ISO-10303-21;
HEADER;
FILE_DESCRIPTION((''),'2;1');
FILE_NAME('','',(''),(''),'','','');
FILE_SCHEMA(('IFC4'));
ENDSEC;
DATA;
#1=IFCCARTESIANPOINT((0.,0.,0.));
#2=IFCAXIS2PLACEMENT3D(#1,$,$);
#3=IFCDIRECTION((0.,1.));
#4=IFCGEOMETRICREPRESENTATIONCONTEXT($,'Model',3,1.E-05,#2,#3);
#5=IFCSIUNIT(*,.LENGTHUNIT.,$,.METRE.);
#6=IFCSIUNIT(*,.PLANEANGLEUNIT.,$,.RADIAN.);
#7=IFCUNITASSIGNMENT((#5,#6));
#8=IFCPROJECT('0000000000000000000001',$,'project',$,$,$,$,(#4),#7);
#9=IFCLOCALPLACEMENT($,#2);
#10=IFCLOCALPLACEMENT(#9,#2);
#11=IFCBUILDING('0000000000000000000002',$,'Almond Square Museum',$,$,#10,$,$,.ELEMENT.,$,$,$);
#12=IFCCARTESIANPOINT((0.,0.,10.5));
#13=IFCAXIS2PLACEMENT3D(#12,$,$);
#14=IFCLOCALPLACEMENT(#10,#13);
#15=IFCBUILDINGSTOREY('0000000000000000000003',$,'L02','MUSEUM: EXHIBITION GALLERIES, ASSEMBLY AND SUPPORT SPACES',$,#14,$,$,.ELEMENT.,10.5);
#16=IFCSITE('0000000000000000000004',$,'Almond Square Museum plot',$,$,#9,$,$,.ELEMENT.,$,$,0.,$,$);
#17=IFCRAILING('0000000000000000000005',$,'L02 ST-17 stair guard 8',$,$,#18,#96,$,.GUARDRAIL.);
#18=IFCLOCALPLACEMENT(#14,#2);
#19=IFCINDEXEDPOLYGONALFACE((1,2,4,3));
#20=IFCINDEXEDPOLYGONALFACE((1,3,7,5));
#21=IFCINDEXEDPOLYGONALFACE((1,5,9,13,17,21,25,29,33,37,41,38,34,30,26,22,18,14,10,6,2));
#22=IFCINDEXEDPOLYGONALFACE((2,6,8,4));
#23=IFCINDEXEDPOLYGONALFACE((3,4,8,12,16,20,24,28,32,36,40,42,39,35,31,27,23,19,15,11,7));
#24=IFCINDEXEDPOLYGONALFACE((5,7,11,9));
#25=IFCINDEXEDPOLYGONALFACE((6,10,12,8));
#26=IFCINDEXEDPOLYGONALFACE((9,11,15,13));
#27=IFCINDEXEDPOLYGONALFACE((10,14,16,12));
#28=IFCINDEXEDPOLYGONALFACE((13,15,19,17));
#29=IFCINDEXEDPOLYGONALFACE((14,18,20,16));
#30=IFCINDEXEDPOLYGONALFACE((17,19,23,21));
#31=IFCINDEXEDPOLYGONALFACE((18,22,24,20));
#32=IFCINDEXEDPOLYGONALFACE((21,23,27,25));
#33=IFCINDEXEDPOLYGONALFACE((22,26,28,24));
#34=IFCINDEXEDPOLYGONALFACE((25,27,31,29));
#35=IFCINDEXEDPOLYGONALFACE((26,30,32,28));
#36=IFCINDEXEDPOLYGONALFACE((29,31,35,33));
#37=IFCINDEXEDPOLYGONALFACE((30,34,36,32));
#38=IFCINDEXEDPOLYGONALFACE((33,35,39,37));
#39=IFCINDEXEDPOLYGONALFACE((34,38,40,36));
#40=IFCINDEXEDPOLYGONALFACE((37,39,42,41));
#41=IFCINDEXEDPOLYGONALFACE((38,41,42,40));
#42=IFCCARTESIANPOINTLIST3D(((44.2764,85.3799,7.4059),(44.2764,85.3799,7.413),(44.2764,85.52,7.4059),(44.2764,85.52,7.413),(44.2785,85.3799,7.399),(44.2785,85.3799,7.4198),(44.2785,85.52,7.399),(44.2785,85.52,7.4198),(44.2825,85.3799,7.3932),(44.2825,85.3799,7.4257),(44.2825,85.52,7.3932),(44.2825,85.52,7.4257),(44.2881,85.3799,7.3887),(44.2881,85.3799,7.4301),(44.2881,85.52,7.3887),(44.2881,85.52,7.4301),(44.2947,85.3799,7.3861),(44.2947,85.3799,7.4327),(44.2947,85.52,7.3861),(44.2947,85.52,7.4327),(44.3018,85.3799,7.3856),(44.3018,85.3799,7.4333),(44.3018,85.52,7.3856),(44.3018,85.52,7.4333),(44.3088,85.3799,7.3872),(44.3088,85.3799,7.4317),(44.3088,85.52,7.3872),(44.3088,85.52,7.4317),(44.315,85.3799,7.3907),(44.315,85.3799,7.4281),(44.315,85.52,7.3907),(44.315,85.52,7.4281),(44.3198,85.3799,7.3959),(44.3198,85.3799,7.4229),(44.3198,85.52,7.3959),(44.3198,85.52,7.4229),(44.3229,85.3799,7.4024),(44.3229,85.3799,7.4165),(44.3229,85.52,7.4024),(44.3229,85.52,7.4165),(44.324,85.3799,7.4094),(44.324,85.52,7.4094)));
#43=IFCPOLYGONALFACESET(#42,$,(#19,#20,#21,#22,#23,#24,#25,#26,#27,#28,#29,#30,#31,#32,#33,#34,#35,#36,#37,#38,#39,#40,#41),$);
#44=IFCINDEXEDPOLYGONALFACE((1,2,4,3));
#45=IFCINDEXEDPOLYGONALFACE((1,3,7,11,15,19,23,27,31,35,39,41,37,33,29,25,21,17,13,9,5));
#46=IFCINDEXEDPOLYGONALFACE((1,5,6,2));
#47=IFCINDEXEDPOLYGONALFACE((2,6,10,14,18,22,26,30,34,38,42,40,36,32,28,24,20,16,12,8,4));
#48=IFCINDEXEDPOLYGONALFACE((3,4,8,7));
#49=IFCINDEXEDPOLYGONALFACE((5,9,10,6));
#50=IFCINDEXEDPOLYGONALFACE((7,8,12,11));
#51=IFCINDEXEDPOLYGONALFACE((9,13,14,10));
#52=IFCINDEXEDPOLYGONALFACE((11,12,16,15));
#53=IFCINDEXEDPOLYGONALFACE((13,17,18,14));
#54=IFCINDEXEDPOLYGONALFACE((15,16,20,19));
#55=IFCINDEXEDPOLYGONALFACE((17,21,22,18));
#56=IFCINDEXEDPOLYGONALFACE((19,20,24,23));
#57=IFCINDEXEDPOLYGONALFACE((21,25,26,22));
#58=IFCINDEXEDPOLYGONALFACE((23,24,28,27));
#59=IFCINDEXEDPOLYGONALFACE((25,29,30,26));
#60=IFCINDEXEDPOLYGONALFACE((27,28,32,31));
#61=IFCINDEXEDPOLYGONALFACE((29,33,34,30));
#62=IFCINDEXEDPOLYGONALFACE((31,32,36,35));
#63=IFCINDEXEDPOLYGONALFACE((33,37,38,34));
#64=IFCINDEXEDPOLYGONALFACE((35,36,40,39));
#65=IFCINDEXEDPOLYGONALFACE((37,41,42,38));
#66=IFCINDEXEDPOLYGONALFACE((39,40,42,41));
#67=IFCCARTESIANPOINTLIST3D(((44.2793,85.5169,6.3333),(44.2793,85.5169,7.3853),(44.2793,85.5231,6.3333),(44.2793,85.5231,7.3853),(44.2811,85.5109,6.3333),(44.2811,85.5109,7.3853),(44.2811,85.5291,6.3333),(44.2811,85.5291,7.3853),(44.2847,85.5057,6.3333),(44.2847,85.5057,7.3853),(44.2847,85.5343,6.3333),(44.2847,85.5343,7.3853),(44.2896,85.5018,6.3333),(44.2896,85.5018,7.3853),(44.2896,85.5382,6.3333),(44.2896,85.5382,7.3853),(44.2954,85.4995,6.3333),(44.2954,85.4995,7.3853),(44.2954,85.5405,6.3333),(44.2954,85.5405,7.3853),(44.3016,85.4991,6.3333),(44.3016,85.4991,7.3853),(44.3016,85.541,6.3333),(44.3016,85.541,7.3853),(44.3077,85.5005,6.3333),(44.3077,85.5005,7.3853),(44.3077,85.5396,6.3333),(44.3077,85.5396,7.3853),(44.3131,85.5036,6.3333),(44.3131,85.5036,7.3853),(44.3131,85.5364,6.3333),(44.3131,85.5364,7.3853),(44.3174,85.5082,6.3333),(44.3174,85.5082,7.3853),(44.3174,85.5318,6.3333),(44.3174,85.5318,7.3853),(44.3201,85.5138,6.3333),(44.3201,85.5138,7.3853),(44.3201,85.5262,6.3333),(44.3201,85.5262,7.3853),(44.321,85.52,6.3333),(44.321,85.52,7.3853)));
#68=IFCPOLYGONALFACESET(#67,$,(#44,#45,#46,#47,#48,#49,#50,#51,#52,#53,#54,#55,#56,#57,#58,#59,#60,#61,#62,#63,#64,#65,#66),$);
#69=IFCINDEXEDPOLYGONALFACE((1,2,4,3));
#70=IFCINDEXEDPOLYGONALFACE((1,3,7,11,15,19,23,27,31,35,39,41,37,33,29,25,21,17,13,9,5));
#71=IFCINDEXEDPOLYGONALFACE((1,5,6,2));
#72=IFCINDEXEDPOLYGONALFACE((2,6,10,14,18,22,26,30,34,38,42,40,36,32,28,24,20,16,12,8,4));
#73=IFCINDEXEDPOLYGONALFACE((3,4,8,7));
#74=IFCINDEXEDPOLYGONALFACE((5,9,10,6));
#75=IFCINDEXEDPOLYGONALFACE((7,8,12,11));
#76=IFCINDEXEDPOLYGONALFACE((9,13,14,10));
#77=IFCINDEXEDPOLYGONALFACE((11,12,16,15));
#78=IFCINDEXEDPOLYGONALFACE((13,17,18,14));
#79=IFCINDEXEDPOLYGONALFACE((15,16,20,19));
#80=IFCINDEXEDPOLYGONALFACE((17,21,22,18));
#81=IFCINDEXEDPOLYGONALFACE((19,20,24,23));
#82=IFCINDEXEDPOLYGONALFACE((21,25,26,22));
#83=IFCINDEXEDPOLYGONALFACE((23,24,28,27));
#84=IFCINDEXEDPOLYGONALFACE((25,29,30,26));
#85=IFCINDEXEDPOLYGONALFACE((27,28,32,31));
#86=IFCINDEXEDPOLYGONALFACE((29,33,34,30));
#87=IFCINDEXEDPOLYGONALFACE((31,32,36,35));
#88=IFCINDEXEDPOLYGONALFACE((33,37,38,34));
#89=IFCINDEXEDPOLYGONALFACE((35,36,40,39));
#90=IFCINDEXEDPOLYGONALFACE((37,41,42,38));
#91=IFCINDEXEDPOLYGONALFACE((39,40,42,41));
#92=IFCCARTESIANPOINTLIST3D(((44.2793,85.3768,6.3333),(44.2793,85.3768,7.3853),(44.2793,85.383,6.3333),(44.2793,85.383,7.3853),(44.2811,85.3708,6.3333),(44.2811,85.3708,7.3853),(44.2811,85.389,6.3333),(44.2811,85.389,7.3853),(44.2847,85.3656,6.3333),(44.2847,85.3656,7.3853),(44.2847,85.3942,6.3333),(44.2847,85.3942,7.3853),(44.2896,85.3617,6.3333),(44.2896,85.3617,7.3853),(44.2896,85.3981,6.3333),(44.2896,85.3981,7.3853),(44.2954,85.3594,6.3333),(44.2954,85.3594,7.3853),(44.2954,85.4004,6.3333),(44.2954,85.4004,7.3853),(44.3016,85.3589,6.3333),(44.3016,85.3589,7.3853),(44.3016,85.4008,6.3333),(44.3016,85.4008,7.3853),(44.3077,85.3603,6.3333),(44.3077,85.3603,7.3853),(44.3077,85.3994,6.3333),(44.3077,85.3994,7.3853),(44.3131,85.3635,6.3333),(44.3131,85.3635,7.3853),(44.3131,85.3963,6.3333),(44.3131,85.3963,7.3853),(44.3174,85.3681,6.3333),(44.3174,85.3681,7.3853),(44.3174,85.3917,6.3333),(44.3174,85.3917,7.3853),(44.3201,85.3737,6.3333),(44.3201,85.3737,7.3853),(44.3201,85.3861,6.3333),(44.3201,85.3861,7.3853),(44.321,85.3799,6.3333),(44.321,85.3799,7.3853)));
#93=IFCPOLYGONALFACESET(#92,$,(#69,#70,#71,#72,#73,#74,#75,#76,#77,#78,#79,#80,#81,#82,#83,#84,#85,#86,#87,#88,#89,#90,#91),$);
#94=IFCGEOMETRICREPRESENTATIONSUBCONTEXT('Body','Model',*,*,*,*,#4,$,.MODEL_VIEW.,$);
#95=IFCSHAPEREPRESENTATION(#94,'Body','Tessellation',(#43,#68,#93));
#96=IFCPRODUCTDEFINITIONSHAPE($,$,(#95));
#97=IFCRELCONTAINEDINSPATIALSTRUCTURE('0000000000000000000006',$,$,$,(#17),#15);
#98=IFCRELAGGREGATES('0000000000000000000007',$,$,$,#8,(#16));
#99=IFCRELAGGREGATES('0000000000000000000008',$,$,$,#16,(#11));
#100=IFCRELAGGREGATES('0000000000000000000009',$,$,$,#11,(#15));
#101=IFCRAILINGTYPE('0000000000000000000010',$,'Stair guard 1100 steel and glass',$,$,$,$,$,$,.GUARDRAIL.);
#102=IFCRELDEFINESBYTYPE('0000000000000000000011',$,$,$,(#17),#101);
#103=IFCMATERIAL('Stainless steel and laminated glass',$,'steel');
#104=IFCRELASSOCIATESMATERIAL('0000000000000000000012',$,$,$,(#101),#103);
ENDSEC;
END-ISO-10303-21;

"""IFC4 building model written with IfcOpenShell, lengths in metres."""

from ifc_helpers import new_model, si_unit, direction, frame, origin, origin_2d, place, context, subcontext, project, spatial, circle, extrude, material, type_object, element, save


model = new_model("IFC4")

# Units and contexts
model_context = context("Model", 3, precision=1e-05, world=origin(), true_north=direction((0.0, 1.0)))
body_context = subcontext(model_context, "Body", "Model", "MODEL_VIEW")
ifc_project = project(units=[si_unit("LENGTHUNIT", "METRE"), si_unit("PLANEANGLEUNIT", "RADIAN")], contexts=[model_context])

# Site, building, storey
site_placement = place(None, origin())
site = spatial("IfcSite", under=ifc_project, at=site_placement, Name="Almond Square Museum plot", CompositionType="ELEMENT", RefElevation=0.0)
building_placement = place(site_placement, origin())
building = spatial("IfcBuilding", under=site, at=building_placement, Name="Almond Square Museum", CompositionType="ELEMENT")
storey_placement = place(building_placement, frame((0.0, 0.0, 10.5)))
storey = spatial("IfcBuildingStorey", under=building, at=storey_placement, Name="L02", Description="MUSEUM: EXHIBITION GALLERIES, ASSEMBLY AND SUPPORT SPACES", CompositionType="ELEMENT", Elevation=10.5)

# Railing
ifc_material_1 = material(Name="Stainless steel and laminated glass", Category="steel")
railing_type_1 = type_object("IfcRailingType", Name="Stair guard 1100 steel and glass", PredefinedType="GUARDRAIL", material=ifc_material_1)
railing_1_placement = place(storey_placement, frame((44.3, 85.52, 6.3333)))
element("IfcRailing", 1, at=railing_1_placement, inside=storey, type_object=railing_type_1, Name="L02 ST-17 stair guard 8", PredefinedType="GUARDRAIL", context=body_context, shape_type="SweptSolid", body=[
    extrude(circle(Radius=0.0239, at=origin_2d()), frame((0.0, 0.0, 1.0762), z_axis=(0.0, -1.0, 0.0), x_axis=(1.0, 0.0, 0.0)), (0.0, 0.0, 1.0), 0.1401),
    extrude(circle(Radius=0.021, at=origin_2d()), origin(), (0.0, 0.0, 1.0), 1.052),
    extrude(circle(Radius=0.021, at=origin_2d()), frame((0.0, -0.1401, 0.0)), (0.0, 0.0, 1.0), 1.052),
])

save(model, "model.ifc")
